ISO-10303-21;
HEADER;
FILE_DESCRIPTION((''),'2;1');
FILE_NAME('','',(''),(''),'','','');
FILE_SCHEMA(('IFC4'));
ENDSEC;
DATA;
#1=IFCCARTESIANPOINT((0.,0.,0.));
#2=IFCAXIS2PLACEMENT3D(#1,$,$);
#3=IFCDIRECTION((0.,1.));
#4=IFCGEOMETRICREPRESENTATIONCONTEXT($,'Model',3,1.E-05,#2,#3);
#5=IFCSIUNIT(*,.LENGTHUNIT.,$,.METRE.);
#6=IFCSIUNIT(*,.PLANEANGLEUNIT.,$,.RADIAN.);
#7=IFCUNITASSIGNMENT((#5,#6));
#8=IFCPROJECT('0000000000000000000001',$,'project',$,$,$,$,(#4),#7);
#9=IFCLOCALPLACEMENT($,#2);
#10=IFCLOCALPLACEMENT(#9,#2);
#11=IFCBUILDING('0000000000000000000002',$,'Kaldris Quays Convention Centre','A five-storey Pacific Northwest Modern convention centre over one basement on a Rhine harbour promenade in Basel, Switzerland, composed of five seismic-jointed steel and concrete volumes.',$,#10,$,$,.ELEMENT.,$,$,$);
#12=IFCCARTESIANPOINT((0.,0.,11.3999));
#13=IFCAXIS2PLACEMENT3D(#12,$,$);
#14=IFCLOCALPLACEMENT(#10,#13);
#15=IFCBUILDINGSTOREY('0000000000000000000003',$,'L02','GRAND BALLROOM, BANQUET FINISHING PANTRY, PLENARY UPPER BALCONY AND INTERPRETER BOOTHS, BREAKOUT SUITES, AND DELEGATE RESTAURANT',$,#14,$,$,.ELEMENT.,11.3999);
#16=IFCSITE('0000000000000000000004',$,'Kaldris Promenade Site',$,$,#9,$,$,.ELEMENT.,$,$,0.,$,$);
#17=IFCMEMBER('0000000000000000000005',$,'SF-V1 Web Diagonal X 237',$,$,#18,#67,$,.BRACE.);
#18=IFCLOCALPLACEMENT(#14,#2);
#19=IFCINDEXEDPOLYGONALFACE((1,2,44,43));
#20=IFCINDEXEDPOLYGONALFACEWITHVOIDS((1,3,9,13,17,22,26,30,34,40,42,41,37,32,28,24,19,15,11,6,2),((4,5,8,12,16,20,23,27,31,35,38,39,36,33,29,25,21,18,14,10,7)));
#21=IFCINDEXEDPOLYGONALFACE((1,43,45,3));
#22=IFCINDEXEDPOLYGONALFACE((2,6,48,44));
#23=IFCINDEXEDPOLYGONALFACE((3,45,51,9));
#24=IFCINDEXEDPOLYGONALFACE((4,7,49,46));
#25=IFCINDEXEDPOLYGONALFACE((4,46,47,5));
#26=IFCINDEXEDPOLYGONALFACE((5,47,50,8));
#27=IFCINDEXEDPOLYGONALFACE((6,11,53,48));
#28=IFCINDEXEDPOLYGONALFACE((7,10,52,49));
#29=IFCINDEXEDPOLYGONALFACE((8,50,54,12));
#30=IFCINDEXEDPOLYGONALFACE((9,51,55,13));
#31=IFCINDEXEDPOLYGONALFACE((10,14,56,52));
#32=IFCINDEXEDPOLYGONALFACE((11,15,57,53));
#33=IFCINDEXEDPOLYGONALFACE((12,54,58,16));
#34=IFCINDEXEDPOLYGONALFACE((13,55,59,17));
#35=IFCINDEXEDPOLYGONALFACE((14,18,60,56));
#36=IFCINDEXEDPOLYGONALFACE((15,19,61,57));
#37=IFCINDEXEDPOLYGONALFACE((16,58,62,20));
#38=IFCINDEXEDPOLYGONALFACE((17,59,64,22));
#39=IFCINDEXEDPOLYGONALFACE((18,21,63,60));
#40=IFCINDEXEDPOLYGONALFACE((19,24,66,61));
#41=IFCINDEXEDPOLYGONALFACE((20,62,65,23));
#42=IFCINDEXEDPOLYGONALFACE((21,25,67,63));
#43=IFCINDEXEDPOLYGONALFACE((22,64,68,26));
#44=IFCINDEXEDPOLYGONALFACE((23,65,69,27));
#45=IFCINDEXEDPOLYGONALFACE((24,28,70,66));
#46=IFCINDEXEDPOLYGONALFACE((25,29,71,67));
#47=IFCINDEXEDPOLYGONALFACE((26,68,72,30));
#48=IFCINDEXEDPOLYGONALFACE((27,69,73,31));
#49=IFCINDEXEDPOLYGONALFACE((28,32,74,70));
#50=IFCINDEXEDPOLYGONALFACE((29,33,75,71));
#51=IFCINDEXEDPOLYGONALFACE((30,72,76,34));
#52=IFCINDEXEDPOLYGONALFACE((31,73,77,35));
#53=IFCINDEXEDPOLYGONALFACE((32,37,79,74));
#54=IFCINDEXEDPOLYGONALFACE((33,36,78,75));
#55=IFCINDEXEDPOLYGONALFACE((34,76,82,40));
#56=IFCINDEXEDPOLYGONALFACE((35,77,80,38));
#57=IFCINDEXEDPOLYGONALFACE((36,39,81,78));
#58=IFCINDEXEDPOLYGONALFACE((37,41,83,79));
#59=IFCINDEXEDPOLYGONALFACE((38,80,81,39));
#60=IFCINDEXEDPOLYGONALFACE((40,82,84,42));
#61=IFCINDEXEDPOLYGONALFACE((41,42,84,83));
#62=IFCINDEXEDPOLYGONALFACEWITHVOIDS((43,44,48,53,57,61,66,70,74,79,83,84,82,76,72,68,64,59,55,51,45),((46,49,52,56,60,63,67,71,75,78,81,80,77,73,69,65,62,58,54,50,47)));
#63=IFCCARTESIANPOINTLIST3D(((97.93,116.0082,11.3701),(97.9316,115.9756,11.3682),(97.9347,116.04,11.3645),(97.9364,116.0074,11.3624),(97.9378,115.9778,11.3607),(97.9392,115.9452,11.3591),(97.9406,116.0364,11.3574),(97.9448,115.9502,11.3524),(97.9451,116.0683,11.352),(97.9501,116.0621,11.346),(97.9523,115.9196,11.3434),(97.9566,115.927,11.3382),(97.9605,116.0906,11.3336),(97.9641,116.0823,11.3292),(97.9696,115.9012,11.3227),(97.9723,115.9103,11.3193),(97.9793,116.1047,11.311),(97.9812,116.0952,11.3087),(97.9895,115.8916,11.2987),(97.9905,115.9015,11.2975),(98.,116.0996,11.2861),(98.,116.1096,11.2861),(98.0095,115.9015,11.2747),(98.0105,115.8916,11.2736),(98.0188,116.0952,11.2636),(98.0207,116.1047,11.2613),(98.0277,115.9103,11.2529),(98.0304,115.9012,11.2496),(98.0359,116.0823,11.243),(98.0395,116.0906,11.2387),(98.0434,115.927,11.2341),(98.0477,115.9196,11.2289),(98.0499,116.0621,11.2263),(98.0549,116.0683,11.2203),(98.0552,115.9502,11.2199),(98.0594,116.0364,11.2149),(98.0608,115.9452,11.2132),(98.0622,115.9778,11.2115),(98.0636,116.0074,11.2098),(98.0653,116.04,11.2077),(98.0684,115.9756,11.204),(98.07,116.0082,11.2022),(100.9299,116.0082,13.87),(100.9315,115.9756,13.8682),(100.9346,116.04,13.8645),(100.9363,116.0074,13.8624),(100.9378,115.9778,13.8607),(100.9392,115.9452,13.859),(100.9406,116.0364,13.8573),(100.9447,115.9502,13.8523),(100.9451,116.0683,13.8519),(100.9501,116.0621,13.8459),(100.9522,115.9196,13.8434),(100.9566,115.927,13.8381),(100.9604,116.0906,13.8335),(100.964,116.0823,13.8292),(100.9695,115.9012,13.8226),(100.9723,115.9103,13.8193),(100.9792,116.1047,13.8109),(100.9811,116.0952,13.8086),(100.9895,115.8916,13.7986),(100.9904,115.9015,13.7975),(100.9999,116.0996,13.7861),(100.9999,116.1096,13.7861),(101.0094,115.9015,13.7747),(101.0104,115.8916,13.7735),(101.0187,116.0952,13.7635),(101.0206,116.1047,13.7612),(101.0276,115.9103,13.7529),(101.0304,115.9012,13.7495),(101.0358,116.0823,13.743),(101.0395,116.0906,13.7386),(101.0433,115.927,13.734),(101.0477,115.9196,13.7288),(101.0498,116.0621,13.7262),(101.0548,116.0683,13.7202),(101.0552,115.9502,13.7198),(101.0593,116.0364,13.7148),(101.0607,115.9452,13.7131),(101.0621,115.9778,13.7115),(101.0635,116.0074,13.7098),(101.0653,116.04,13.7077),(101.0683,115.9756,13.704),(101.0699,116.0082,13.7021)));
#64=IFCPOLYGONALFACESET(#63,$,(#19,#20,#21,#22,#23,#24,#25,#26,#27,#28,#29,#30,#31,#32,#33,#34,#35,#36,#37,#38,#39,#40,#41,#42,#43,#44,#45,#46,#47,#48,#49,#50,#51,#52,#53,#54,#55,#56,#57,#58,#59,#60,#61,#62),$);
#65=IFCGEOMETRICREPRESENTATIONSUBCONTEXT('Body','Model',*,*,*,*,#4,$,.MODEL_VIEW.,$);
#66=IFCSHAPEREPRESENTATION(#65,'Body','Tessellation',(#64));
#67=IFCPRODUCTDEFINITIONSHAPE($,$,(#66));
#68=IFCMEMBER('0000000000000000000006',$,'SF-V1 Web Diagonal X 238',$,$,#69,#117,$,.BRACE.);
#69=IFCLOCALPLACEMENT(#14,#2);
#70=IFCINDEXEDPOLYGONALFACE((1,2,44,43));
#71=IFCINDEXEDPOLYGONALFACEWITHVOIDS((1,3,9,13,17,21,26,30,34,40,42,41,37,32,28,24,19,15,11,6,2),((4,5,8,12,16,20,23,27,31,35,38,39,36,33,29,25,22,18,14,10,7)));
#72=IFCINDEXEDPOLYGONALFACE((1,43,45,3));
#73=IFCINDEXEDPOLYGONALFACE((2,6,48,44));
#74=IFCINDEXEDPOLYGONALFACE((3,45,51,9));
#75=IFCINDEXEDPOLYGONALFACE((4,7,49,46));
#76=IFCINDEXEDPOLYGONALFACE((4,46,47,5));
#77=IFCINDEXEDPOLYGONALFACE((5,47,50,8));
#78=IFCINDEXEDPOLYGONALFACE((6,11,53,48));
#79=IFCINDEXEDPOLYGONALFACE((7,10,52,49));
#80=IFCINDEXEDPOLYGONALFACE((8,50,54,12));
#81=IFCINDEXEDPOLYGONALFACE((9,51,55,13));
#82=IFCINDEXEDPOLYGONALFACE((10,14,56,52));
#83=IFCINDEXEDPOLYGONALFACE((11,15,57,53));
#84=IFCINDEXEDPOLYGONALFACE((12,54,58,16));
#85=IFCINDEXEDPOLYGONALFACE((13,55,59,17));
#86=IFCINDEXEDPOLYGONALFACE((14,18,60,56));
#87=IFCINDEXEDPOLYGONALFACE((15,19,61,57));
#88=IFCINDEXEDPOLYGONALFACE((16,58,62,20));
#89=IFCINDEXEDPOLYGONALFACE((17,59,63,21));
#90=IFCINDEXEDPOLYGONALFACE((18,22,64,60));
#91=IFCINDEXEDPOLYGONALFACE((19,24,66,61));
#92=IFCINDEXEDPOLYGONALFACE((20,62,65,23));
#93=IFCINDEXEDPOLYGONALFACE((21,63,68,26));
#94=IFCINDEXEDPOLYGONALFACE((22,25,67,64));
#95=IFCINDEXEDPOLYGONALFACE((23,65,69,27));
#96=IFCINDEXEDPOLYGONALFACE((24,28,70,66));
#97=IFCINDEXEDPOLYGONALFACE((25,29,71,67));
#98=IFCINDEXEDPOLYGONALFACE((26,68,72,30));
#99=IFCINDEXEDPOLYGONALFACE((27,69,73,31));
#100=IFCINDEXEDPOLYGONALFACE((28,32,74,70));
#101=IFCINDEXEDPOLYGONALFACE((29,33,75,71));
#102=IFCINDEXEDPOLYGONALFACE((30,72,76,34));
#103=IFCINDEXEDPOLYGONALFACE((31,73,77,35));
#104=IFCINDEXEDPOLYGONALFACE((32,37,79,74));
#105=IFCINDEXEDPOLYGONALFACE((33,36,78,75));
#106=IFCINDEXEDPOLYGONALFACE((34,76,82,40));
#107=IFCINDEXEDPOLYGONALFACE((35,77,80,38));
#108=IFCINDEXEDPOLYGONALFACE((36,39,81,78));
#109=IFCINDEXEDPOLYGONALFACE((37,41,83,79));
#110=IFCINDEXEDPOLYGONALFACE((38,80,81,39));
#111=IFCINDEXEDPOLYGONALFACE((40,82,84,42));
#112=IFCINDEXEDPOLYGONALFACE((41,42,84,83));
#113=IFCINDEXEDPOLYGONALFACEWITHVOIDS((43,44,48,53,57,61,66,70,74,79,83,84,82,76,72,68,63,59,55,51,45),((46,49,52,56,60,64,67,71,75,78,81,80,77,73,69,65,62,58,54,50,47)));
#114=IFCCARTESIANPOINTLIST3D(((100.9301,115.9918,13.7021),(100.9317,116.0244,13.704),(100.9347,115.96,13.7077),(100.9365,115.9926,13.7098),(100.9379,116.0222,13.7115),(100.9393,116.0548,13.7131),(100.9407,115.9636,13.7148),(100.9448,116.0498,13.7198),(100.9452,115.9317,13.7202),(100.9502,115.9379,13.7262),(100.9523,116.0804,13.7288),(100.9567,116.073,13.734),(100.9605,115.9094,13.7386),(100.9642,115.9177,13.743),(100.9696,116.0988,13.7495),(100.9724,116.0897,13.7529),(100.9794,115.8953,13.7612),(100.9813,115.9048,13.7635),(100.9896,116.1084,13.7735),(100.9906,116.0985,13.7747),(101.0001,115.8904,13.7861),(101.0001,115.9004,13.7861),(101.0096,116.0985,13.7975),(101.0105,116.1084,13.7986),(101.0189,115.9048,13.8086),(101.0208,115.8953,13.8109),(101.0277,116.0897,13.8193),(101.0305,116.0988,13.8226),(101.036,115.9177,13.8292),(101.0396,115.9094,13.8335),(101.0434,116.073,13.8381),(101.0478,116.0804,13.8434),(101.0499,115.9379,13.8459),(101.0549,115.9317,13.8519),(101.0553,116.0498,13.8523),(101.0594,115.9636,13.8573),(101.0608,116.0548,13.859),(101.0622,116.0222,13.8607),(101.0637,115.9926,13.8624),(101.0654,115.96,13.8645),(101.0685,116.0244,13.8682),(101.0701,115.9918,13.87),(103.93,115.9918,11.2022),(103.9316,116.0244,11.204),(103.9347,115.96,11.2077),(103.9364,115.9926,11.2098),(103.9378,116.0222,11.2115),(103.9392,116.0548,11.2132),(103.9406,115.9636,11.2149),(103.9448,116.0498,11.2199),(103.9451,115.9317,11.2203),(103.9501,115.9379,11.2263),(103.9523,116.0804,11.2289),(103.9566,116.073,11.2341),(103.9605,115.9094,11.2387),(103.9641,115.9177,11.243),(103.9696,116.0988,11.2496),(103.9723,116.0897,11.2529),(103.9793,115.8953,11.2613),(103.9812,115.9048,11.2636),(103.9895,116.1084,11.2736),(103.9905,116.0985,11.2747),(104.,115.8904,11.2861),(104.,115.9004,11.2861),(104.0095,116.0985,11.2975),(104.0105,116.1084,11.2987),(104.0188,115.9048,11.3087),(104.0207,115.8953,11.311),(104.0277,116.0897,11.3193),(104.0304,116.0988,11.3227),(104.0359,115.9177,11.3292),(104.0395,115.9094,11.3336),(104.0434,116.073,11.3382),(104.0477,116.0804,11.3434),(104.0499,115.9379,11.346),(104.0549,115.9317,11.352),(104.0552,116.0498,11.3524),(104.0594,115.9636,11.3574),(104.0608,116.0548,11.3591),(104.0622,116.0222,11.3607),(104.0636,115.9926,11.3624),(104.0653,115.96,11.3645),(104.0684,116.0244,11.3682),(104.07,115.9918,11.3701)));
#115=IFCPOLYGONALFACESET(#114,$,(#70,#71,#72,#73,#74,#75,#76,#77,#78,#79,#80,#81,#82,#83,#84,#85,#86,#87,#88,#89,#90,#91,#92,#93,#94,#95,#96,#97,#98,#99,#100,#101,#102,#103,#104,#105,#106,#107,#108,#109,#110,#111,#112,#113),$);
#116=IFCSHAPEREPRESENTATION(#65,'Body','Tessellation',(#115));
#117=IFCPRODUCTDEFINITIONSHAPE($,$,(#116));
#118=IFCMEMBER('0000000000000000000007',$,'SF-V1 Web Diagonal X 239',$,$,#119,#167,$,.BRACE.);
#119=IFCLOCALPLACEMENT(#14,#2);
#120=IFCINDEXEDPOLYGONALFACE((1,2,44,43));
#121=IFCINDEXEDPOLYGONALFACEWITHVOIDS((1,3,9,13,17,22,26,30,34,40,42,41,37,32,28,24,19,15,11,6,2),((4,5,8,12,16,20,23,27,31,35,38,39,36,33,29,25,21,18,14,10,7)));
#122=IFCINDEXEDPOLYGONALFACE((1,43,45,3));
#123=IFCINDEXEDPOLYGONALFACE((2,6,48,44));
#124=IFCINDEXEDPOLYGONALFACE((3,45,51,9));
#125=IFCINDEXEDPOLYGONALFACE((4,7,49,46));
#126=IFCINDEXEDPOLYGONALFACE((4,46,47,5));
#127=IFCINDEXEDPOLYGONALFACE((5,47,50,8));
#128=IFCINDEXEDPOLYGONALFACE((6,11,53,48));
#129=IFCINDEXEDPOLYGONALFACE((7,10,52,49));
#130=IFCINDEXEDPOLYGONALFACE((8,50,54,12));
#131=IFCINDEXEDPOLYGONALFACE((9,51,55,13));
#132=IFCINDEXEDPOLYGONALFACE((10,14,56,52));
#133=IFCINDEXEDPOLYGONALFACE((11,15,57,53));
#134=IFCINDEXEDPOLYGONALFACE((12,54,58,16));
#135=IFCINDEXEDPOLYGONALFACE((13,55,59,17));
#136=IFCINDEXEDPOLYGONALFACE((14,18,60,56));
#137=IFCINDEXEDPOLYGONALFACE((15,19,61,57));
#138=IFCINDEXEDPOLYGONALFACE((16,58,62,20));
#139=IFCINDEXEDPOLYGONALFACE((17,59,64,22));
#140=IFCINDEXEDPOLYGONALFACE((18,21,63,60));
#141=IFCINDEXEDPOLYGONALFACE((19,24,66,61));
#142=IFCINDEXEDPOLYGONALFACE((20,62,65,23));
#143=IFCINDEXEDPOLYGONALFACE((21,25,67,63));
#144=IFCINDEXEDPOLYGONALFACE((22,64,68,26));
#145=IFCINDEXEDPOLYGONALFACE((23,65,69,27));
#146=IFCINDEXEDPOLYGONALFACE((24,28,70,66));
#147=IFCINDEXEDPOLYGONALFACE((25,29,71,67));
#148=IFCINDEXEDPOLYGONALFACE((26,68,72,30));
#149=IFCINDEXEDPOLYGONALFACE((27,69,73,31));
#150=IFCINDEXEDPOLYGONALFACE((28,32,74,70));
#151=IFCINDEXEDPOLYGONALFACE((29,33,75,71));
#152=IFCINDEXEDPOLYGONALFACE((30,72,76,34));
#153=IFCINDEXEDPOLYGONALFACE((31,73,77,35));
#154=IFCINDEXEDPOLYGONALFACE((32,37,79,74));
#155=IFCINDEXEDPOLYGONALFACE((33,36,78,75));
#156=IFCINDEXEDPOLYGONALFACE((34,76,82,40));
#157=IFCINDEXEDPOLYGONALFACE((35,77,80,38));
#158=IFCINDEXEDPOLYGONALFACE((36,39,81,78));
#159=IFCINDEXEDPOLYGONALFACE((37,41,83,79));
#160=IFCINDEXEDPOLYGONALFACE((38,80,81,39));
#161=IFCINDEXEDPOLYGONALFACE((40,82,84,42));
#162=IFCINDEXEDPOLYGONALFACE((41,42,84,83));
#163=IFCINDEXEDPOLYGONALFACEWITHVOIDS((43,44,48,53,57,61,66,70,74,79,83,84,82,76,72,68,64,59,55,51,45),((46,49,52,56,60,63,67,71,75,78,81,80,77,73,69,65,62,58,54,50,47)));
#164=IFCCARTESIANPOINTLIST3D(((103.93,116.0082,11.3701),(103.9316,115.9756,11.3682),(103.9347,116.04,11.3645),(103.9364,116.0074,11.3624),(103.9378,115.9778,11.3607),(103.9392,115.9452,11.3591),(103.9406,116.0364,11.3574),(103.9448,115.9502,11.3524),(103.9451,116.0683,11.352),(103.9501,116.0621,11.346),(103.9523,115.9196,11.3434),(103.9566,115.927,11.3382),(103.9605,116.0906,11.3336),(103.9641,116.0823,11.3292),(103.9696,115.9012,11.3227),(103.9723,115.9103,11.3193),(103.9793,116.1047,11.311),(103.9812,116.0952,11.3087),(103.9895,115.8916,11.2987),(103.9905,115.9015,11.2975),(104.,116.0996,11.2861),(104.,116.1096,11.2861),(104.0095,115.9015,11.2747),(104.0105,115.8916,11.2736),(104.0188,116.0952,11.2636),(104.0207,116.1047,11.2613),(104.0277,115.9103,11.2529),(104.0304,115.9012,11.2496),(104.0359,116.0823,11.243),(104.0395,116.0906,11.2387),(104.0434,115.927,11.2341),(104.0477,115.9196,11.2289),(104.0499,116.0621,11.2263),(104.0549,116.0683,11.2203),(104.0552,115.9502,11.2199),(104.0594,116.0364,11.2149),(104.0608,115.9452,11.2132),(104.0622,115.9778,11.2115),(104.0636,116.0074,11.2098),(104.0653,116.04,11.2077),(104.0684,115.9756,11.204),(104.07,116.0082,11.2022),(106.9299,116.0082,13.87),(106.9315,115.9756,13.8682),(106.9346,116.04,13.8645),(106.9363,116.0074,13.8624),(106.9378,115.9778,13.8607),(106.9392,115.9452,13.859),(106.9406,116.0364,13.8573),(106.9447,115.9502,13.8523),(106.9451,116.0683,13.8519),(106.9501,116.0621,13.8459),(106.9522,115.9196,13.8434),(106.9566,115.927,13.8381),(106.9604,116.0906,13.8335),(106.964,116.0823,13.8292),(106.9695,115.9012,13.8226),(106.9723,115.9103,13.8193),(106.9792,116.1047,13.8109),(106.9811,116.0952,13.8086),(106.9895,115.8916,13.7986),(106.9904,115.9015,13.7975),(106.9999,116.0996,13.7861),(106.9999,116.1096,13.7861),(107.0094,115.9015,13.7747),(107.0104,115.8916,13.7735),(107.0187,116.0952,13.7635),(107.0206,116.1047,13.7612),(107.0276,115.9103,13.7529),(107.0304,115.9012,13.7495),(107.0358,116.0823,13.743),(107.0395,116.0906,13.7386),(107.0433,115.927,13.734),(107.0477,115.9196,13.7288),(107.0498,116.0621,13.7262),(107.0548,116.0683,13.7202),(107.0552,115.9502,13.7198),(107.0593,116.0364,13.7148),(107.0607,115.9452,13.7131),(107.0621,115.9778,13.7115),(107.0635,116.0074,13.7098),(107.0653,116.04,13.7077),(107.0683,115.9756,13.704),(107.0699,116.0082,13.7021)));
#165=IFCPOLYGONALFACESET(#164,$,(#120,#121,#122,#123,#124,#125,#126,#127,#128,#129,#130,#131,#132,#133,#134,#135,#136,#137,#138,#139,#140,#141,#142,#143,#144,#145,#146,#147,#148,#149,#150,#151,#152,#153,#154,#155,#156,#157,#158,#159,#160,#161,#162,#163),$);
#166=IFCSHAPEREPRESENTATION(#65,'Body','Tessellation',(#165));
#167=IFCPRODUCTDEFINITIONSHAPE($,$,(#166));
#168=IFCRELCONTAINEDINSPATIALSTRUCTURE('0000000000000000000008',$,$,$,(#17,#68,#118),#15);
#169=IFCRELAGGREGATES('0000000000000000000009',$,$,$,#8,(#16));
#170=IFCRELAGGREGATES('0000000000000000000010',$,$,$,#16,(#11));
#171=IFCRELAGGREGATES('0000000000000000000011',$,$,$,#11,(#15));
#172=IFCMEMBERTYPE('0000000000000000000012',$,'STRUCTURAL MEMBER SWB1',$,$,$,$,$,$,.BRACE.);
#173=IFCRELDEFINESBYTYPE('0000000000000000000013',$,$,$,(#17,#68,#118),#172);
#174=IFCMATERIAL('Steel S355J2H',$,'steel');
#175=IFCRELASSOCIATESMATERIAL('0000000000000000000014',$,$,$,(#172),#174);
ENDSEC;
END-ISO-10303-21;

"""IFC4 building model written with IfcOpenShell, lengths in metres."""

from ifc_helpers import new_model, si_unit, direction, frame, origin, origin_2d, place, context, subcontext, project, spatial, hollow_circle, extrude, material, material_profile, profile_set, type_object, element, save


model = new_model("IFC4")

# Units and contexts
model_context = context("Model", 3, precision=1e-05, world=origin(), true_north=direction((0.0, 1.0)))
body_context = subcontext(model_context, "Body", "Model", "MODEL_VIEW")
ifc_project = project(units=[si_unit("LENGTHUNIT", "METRE"), si_unit("PLANEANGLEUNIT", "RADIAN")], contexts=[model_context])

# Site, building, storey
site_placement = place(None, origin())
site = spatial("IfcSite", under=ifc_project, at=site_placement, Name="Kaldris Promenade Site", CompositionType="ELEMENT", RefElevation=0.0)
building_placement = place(site_placement, origin())
building = spatial("IfcBuilding", under=site, at=building_placement, Name="Kaldris Quays Convention Centre", Description="A five-storey Pacific Northwest Modern convention centre over one basement on a Rhine harbour promenade in Basel, Switzerland, composed of five seismic-jointed steel and concrete volumes.", CompositionType="ELEMENT")
storey_placement = place(building_placement, frame((0.0, 0.0, 11.3999)))
storey = spatial("IfcBuildingStorey", under=building, at=storey_placement, Name="L02", Description="GRAND BALLROOM, BANQUET FINISHING PANTRY, PLENARY UPPER BALCONY AND INTERPRETER BOOTHS, BREAKOUT SUITES, AND DELEGATE RESTAURANT", CompositionType="ELEMENT", Elevation=11.3999)

# Members
ifc_material = material(Name="Steel S355J2H", Category="steel")
ifc_material_profile_1 = material_profile(ifc_material, hollow_circle(Radius=0.1096, WallThickness=0.01, at=origin_2d()), Name="CHS 219.1x10")
ifc_profile_set_1 = profile_set([ifc_material_profile_1], Name="Steel S355J2H")
member_type_1 = type_object("IfcMemberType", Name="STRUCTURAL MEMBER SWB1", PredefinedType="BRACE", material=ifc_profile_set_1)
for number, where, z_axis, x_axis, name in (
    (1, (98.0, 116.0, 11.2861), (0.768221, 0.0, 0.640184), (0.0, 1.0, 0.0), "SF-V1 Web Diagonal X 237"),
    (2, (104.0, 116.0, 11.2861), (-0.768221, 0.0, 0.640184), (0.0, -1.0, 0.0), "SF-V1 Web Diagonal X 238"),
    (3, (104.0, 116.0, 11.2861), (0.768221, 0.0, 0.640184), (0.0, 1.0, 0.0), "SF-V1 Web Diagonal X 239"),
):
    element("IfcMember", number, at=place(storey_placement, frame(where, z_axis=z_axis, x_axis=x_axis)), inside=storey, type_object=member_type_1, Name=name, PredefinedType="BRACE", context=body_context, shape_type="SweptSolid", body=[
        extrude(hollow_circle(Radius=0.1096, WallThickness=0.01, at=origin_2d()), origin(), (0.0, 0.0, 1.0), 3.905),
    ])

save(model, "model.ifc")
